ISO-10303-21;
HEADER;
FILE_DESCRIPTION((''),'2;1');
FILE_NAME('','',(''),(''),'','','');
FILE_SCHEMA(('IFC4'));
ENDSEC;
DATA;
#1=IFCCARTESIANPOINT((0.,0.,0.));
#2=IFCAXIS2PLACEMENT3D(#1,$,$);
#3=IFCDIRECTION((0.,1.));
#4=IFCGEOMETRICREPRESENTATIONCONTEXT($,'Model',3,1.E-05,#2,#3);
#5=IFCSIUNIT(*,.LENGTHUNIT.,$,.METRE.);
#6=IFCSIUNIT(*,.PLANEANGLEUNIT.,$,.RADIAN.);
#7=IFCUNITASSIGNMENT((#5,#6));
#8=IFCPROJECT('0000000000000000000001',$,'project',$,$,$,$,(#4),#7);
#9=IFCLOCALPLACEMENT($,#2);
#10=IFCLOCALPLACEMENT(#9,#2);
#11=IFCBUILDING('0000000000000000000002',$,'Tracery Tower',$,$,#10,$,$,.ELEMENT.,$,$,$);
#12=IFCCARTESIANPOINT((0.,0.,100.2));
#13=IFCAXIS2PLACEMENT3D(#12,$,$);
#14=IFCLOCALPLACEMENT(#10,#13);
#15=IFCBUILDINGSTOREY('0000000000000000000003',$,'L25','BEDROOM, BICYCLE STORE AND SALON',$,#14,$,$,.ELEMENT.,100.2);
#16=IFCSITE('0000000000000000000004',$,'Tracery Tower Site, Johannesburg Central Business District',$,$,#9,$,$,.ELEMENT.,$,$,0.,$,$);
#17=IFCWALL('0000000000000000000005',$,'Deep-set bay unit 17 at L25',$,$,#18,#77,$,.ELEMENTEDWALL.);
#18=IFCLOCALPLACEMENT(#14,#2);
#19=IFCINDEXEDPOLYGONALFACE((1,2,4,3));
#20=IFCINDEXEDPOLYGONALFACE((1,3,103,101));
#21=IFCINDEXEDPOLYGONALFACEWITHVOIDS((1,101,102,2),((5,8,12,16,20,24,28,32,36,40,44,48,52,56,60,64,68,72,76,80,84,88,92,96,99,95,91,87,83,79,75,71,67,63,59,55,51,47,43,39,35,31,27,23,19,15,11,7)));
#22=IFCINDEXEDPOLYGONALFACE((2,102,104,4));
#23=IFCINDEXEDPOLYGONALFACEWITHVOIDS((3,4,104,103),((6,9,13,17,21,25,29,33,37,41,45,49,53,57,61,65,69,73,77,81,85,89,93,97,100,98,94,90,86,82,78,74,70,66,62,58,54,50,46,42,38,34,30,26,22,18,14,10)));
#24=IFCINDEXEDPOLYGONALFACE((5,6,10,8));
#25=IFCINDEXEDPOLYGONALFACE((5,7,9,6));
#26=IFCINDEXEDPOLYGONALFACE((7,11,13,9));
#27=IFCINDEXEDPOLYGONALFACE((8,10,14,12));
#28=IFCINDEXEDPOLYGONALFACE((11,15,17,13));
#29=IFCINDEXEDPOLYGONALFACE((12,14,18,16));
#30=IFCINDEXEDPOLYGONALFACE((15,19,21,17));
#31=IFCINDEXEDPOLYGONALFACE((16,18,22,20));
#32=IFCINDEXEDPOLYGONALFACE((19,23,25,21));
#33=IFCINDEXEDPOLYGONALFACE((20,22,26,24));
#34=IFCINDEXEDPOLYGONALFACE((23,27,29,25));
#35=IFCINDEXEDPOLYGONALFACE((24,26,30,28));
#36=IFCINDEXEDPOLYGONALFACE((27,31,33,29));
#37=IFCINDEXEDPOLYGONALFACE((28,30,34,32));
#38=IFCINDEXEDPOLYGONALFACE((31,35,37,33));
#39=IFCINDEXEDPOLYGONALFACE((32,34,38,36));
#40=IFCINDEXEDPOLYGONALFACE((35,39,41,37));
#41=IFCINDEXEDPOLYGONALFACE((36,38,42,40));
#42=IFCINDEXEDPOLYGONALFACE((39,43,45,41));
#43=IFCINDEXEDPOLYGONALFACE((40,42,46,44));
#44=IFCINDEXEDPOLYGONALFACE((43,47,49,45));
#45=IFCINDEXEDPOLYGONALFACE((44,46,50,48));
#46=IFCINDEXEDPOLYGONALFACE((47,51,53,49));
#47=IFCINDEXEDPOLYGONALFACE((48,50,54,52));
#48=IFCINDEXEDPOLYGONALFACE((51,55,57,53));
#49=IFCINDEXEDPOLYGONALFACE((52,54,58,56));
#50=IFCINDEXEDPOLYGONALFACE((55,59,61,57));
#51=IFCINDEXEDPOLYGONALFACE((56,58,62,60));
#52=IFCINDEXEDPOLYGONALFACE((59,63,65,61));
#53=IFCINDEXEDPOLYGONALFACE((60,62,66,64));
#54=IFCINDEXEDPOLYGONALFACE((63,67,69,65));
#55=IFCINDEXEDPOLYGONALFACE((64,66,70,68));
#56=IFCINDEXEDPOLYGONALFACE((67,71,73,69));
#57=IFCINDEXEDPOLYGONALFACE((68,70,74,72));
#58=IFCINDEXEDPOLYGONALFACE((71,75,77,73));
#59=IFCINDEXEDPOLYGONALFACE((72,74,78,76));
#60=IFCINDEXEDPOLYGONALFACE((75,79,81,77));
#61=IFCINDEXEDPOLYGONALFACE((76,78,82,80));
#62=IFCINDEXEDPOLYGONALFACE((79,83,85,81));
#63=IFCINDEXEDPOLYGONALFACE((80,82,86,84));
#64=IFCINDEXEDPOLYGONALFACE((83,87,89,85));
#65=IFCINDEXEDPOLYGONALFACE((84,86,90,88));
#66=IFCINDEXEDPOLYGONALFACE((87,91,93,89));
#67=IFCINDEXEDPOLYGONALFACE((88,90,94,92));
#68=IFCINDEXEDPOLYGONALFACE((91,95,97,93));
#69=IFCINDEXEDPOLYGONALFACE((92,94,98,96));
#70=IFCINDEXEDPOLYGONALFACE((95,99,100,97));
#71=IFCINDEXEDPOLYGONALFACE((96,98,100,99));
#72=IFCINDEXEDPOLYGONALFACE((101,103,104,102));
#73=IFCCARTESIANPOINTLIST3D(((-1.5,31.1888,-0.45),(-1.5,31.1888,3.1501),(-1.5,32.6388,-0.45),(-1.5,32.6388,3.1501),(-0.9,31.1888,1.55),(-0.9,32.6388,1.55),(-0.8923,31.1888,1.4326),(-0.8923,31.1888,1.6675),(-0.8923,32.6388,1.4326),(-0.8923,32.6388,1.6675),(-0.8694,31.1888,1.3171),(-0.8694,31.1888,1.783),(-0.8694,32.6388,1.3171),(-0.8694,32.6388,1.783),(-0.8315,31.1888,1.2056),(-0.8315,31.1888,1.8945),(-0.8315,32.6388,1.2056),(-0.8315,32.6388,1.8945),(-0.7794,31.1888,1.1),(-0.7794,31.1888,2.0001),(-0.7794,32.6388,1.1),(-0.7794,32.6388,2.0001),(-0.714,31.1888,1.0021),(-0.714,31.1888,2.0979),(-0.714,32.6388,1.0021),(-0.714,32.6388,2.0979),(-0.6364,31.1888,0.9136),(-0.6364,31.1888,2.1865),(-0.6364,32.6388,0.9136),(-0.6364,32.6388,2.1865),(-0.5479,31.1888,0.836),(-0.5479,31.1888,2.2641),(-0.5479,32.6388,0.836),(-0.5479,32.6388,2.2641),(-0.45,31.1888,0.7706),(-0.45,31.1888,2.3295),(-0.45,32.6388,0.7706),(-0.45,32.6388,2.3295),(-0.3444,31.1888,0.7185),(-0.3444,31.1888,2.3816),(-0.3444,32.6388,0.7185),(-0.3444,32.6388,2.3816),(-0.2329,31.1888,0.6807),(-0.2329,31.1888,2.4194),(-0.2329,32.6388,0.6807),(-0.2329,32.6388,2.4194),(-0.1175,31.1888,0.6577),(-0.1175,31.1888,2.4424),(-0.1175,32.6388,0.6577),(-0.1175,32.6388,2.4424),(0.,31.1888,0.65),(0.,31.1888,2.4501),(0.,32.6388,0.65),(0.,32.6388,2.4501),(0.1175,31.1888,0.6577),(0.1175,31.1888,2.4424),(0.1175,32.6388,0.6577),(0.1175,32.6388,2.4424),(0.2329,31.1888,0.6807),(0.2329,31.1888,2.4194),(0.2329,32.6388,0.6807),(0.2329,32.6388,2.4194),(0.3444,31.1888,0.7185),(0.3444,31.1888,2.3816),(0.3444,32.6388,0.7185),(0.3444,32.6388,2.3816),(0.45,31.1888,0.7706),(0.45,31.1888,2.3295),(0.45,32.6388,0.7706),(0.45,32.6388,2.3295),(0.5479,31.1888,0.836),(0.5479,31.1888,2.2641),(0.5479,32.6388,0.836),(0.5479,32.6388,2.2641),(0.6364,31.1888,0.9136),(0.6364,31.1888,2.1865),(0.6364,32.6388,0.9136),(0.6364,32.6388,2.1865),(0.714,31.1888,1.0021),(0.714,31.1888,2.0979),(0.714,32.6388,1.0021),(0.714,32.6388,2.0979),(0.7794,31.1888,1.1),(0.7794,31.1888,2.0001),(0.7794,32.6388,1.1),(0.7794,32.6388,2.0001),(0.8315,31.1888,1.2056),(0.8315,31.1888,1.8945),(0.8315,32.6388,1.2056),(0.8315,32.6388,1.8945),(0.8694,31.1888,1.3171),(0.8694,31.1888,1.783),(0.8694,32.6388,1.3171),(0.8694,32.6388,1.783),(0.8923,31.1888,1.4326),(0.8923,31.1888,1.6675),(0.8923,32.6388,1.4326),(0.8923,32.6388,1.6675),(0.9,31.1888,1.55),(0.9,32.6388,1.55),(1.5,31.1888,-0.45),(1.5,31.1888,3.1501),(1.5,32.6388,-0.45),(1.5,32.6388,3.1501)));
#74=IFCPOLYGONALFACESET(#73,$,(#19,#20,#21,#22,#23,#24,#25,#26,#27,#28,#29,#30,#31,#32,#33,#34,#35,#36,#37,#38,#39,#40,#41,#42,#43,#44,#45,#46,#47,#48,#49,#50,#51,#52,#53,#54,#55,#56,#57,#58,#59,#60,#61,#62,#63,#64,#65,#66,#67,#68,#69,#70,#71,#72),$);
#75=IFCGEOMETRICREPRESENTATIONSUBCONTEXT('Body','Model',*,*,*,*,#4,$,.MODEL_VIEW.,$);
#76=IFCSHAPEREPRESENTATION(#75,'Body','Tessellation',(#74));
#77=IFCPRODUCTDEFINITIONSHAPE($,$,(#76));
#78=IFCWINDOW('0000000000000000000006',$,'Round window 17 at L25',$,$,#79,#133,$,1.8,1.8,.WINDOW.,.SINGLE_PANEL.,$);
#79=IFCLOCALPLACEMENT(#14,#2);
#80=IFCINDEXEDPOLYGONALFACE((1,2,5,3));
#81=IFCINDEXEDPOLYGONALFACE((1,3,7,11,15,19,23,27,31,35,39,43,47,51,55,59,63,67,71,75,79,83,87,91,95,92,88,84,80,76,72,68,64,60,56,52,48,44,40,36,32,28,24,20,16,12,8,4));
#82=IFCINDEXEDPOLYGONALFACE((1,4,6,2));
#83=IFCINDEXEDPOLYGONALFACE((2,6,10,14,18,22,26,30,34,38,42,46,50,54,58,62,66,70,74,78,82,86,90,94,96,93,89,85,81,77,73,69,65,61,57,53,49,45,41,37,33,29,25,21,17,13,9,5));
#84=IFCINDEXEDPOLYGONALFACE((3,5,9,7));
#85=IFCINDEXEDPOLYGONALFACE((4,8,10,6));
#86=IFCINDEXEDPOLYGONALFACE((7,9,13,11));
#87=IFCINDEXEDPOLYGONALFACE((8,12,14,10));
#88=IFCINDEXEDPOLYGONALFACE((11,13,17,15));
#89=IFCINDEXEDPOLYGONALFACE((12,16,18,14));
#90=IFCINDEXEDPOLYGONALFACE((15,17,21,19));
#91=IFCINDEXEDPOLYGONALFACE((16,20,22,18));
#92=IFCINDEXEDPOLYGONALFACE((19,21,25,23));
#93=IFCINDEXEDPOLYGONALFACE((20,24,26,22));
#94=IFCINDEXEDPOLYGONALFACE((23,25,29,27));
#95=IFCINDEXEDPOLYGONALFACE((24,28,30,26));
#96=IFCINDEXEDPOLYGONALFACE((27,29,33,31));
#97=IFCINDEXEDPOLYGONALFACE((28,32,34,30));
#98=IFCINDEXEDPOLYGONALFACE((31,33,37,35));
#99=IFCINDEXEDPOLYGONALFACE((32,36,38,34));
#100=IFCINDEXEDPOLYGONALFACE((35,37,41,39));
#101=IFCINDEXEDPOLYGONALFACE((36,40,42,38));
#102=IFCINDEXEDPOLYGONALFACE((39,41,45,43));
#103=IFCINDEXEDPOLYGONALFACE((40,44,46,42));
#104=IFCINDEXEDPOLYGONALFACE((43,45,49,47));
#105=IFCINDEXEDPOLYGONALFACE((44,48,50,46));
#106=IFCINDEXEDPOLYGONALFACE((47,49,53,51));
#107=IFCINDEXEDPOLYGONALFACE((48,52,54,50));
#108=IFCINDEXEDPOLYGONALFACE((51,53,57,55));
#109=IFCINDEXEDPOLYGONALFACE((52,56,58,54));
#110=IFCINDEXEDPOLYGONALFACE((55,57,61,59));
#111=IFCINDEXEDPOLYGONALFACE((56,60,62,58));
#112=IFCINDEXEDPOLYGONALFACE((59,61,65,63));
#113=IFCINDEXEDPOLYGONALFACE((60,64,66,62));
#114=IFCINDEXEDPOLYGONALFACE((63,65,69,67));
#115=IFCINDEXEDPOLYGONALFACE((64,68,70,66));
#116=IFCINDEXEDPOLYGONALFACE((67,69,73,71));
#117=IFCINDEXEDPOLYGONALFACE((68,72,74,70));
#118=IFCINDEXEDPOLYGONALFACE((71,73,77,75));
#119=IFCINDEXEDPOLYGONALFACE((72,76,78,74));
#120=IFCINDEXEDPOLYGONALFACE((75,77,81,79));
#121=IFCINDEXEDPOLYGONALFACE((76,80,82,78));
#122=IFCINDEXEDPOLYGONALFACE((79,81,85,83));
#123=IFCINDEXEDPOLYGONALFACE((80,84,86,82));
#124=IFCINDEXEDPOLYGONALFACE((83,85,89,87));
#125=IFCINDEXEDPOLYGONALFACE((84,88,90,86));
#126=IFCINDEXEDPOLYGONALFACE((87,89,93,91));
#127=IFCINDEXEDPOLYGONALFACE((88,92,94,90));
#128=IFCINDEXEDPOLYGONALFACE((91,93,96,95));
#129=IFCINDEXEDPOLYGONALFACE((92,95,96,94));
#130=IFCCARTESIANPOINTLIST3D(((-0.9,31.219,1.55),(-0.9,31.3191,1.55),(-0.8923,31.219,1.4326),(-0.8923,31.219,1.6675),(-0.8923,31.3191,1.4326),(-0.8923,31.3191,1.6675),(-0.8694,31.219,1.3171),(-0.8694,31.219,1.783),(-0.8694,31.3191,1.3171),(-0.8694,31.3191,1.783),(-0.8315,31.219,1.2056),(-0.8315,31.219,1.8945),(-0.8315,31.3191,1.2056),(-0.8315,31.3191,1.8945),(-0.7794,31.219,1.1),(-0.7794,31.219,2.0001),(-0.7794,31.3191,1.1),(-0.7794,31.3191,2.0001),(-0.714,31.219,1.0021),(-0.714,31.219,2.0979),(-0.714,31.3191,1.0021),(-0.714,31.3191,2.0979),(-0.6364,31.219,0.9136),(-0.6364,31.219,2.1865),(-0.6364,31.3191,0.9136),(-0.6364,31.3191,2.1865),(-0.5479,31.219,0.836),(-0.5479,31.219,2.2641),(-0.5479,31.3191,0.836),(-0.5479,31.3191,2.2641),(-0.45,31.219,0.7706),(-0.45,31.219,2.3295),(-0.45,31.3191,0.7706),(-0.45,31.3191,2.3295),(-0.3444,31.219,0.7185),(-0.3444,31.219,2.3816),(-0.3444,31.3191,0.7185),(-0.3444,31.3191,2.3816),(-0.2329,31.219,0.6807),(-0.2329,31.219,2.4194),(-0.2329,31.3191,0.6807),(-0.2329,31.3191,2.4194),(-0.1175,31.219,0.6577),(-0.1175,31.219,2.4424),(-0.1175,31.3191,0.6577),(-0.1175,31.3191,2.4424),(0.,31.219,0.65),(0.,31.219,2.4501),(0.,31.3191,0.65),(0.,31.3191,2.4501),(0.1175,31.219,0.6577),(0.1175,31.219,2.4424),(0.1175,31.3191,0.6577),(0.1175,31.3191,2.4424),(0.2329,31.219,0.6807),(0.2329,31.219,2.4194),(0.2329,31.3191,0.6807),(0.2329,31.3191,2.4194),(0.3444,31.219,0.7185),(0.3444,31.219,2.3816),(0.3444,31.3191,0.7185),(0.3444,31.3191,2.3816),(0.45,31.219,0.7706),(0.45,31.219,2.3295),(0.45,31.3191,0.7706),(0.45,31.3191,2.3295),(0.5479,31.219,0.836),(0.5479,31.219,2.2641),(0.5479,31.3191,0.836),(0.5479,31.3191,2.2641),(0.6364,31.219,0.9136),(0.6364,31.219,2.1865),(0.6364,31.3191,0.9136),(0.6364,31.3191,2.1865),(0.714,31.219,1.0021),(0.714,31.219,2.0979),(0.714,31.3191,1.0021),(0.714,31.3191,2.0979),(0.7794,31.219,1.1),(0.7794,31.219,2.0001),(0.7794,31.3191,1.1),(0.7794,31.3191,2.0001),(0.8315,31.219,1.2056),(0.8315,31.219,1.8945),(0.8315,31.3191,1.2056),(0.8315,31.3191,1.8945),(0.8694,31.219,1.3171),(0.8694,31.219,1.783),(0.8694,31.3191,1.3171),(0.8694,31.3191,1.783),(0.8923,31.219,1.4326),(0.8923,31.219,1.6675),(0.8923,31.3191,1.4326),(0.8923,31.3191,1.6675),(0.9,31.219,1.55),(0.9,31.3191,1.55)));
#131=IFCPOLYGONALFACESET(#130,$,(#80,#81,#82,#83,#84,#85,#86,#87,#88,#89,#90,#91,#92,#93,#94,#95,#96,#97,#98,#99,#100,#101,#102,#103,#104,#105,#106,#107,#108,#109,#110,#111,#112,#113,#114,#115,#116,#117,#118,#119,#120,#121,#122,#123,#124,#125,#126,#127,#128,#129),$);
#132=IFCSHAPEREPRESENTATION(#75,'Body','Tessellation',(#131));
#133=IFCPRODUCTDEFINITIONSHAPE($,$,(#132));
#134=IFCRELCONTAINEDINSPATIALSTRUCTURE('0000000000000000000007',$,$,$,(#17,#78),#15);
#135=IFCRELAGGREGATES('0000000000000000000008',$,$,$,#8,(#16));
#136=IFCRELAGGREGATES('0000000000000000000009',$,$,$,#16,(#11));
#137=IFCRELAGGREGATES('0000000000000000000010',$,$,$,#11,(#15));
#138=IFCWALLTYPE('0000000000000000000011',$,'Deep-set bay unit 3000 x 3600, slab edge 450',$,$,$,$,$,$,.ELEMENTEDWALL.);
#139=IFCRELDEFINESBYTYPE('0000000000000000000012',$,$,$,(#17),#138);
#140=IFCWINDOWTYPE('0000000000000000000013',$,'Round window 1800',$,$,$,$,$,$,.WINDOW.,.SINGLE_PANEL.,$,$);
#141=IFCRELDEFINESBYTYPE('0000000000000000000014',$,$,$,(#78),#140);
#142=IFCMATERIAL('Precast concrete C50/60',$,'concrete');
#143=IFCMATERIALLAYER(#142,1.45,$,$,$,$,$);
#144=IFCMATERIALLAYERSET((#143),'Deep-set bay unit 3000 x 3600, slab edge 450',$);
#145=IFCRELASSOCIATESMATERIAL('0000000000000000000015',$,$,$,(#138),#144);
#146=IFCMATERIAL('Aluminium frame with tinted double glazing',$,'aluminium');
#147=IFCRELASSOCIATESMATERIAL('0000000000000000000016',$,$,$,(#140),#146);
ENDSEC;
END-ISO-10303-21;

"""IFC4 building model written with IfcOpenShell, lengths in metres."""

from ifc_helpers import new_model, si_unit, direction, frame, frame_2d, origin, origin_2d, place, context, subcontext, project, spatial, rectangle, circle, extrude, material, layer, layer_set, type_object, element, fill, save


model = new_model("IFC4")

# Units and contexts
model_context = context("Model", 3, precision=1e-05, world=origin(), true_north=direction((0.0, 1.0)))
body_context = subcontext(model_context, "Body", "Model", "MODEL_VIEW")
ifc_project = project(units=[si_unit("LENGTHUNIT", "METRE"), si_unit("PLANEANGLEUNIT", "RADIAN")], contexts=[model_context])

# Site, building, storey
site_placement = place(None, origin())
site = spatial("IfcSite", under=ifc_project, at=site_placement, Name="Tracery Tower Site, Johannesburg Central Business District", CompositionType="ELEMENT", RefElevation=0.0)
building_placement = place(site_placement, origin())
building = spatial("IfcBuilding", under=site, at=building_placement, Name="Tracery Tower", CompositionType="ELEMENT")
storey_placement = place(building_placement, frame((0.0, 0.0, 100.2)))
storey = spatial("IfcBuildingStorey", under=building, at=storey_placement, Name="L25", Description="BEDROOM, BICYCLE STORE AND SALON", CompositionType="ELEMENT", Elevation=100.2)

# Wall, opening, window
ifc_material_1 = material(Name="Precast concrete C50/60", Category="concrete")
ifc_layer_1 = layer(ifc_material_1, 1.45)
ifc_layer_set_1 = layer_set([ifc_layer_1], Name="Deep-set bay unit 3000 x 3600, slab edge 450")
wall_type_1 = type_object("IfcWallType", Name="Deep-set bay unit 3000 x 3600, slab edge 450", PredefinedType="ELEMENTEDWALL", material=ifc_layer_set_1)
wall_1_placement = place(storey_placement, frame((1.5, 31.9138, -0.45), z_axis=(0.0, 0.0, 1.0), x_axis=(-1.0, 0.0, 0.0)))
wall_1 = element("IfcWall", 1, at=wall_1_placement, inside=storey, type_object=wall_type_1, Name="Deep-set bay unit 17 at L25", PredefinedType="ELEMENTEDWALL", context=body_context, shape_type="SweptSolid", body=[
    extrude(rectangle(XDim=3.0, YDim=1.45, at=frame_2d((1.5, 0.0))), origin(), (0.0, 0.0, 1.0), 3.6001),
])
opening_1_placement = place(wall_1_placement, frame((1.5, 0.0, 2.0)))
opening_1 = element("IfcOpeningElement", 2, at=opening_1_placement, cuts=wall_1, PredefinedType="OPENING", context=body_context, shape_type="SweptSolid", body=[
    extrude(circle(Radius=0.9, at=origin_2d()), frame((0.0, 0.7349, 0.0), z_axis=(0.0, -1.0, 0.0), x_axis=(1.0, 0.0, 0.0)), (0.0, 0.0, 1.0), 1.47),
])
ifc_material_2 = material(Name="Aluminium frame with tinted double glazing", Category="aluminium")
window_type = type_object("IfcWindowType", Name="Round window 1800", PartitioningType="SINGLE_PANEL", PredefinedType="WINDOW", material=ifc_material_2)
window_1_placement = place(opening_1_placement, origin())
window_1 = element("IfcWindow", 3, at=window_1_placement, inside=storey, type_object=window_type, Name="Round window 17 at L25", OverallHeight=1.8, OverallWidth=1.8, PartitioningType="SINGLE_PANEL", PredefinedType="WINDOW", context=body_context, shape_type="SweptSolid", body=[
    extrude(circle(Radius=0.9, at=origin_2d()), frame((0.0, 0.6948, 0.0), z_axis=(0.0, -1.0, 0.0), x_axis=(1.0, 0.0, 0.0)), (0.0, 0.0, 1.0), 0.1001),
])
fill(opening_1, window_1)

save(model, "model.ifc")
